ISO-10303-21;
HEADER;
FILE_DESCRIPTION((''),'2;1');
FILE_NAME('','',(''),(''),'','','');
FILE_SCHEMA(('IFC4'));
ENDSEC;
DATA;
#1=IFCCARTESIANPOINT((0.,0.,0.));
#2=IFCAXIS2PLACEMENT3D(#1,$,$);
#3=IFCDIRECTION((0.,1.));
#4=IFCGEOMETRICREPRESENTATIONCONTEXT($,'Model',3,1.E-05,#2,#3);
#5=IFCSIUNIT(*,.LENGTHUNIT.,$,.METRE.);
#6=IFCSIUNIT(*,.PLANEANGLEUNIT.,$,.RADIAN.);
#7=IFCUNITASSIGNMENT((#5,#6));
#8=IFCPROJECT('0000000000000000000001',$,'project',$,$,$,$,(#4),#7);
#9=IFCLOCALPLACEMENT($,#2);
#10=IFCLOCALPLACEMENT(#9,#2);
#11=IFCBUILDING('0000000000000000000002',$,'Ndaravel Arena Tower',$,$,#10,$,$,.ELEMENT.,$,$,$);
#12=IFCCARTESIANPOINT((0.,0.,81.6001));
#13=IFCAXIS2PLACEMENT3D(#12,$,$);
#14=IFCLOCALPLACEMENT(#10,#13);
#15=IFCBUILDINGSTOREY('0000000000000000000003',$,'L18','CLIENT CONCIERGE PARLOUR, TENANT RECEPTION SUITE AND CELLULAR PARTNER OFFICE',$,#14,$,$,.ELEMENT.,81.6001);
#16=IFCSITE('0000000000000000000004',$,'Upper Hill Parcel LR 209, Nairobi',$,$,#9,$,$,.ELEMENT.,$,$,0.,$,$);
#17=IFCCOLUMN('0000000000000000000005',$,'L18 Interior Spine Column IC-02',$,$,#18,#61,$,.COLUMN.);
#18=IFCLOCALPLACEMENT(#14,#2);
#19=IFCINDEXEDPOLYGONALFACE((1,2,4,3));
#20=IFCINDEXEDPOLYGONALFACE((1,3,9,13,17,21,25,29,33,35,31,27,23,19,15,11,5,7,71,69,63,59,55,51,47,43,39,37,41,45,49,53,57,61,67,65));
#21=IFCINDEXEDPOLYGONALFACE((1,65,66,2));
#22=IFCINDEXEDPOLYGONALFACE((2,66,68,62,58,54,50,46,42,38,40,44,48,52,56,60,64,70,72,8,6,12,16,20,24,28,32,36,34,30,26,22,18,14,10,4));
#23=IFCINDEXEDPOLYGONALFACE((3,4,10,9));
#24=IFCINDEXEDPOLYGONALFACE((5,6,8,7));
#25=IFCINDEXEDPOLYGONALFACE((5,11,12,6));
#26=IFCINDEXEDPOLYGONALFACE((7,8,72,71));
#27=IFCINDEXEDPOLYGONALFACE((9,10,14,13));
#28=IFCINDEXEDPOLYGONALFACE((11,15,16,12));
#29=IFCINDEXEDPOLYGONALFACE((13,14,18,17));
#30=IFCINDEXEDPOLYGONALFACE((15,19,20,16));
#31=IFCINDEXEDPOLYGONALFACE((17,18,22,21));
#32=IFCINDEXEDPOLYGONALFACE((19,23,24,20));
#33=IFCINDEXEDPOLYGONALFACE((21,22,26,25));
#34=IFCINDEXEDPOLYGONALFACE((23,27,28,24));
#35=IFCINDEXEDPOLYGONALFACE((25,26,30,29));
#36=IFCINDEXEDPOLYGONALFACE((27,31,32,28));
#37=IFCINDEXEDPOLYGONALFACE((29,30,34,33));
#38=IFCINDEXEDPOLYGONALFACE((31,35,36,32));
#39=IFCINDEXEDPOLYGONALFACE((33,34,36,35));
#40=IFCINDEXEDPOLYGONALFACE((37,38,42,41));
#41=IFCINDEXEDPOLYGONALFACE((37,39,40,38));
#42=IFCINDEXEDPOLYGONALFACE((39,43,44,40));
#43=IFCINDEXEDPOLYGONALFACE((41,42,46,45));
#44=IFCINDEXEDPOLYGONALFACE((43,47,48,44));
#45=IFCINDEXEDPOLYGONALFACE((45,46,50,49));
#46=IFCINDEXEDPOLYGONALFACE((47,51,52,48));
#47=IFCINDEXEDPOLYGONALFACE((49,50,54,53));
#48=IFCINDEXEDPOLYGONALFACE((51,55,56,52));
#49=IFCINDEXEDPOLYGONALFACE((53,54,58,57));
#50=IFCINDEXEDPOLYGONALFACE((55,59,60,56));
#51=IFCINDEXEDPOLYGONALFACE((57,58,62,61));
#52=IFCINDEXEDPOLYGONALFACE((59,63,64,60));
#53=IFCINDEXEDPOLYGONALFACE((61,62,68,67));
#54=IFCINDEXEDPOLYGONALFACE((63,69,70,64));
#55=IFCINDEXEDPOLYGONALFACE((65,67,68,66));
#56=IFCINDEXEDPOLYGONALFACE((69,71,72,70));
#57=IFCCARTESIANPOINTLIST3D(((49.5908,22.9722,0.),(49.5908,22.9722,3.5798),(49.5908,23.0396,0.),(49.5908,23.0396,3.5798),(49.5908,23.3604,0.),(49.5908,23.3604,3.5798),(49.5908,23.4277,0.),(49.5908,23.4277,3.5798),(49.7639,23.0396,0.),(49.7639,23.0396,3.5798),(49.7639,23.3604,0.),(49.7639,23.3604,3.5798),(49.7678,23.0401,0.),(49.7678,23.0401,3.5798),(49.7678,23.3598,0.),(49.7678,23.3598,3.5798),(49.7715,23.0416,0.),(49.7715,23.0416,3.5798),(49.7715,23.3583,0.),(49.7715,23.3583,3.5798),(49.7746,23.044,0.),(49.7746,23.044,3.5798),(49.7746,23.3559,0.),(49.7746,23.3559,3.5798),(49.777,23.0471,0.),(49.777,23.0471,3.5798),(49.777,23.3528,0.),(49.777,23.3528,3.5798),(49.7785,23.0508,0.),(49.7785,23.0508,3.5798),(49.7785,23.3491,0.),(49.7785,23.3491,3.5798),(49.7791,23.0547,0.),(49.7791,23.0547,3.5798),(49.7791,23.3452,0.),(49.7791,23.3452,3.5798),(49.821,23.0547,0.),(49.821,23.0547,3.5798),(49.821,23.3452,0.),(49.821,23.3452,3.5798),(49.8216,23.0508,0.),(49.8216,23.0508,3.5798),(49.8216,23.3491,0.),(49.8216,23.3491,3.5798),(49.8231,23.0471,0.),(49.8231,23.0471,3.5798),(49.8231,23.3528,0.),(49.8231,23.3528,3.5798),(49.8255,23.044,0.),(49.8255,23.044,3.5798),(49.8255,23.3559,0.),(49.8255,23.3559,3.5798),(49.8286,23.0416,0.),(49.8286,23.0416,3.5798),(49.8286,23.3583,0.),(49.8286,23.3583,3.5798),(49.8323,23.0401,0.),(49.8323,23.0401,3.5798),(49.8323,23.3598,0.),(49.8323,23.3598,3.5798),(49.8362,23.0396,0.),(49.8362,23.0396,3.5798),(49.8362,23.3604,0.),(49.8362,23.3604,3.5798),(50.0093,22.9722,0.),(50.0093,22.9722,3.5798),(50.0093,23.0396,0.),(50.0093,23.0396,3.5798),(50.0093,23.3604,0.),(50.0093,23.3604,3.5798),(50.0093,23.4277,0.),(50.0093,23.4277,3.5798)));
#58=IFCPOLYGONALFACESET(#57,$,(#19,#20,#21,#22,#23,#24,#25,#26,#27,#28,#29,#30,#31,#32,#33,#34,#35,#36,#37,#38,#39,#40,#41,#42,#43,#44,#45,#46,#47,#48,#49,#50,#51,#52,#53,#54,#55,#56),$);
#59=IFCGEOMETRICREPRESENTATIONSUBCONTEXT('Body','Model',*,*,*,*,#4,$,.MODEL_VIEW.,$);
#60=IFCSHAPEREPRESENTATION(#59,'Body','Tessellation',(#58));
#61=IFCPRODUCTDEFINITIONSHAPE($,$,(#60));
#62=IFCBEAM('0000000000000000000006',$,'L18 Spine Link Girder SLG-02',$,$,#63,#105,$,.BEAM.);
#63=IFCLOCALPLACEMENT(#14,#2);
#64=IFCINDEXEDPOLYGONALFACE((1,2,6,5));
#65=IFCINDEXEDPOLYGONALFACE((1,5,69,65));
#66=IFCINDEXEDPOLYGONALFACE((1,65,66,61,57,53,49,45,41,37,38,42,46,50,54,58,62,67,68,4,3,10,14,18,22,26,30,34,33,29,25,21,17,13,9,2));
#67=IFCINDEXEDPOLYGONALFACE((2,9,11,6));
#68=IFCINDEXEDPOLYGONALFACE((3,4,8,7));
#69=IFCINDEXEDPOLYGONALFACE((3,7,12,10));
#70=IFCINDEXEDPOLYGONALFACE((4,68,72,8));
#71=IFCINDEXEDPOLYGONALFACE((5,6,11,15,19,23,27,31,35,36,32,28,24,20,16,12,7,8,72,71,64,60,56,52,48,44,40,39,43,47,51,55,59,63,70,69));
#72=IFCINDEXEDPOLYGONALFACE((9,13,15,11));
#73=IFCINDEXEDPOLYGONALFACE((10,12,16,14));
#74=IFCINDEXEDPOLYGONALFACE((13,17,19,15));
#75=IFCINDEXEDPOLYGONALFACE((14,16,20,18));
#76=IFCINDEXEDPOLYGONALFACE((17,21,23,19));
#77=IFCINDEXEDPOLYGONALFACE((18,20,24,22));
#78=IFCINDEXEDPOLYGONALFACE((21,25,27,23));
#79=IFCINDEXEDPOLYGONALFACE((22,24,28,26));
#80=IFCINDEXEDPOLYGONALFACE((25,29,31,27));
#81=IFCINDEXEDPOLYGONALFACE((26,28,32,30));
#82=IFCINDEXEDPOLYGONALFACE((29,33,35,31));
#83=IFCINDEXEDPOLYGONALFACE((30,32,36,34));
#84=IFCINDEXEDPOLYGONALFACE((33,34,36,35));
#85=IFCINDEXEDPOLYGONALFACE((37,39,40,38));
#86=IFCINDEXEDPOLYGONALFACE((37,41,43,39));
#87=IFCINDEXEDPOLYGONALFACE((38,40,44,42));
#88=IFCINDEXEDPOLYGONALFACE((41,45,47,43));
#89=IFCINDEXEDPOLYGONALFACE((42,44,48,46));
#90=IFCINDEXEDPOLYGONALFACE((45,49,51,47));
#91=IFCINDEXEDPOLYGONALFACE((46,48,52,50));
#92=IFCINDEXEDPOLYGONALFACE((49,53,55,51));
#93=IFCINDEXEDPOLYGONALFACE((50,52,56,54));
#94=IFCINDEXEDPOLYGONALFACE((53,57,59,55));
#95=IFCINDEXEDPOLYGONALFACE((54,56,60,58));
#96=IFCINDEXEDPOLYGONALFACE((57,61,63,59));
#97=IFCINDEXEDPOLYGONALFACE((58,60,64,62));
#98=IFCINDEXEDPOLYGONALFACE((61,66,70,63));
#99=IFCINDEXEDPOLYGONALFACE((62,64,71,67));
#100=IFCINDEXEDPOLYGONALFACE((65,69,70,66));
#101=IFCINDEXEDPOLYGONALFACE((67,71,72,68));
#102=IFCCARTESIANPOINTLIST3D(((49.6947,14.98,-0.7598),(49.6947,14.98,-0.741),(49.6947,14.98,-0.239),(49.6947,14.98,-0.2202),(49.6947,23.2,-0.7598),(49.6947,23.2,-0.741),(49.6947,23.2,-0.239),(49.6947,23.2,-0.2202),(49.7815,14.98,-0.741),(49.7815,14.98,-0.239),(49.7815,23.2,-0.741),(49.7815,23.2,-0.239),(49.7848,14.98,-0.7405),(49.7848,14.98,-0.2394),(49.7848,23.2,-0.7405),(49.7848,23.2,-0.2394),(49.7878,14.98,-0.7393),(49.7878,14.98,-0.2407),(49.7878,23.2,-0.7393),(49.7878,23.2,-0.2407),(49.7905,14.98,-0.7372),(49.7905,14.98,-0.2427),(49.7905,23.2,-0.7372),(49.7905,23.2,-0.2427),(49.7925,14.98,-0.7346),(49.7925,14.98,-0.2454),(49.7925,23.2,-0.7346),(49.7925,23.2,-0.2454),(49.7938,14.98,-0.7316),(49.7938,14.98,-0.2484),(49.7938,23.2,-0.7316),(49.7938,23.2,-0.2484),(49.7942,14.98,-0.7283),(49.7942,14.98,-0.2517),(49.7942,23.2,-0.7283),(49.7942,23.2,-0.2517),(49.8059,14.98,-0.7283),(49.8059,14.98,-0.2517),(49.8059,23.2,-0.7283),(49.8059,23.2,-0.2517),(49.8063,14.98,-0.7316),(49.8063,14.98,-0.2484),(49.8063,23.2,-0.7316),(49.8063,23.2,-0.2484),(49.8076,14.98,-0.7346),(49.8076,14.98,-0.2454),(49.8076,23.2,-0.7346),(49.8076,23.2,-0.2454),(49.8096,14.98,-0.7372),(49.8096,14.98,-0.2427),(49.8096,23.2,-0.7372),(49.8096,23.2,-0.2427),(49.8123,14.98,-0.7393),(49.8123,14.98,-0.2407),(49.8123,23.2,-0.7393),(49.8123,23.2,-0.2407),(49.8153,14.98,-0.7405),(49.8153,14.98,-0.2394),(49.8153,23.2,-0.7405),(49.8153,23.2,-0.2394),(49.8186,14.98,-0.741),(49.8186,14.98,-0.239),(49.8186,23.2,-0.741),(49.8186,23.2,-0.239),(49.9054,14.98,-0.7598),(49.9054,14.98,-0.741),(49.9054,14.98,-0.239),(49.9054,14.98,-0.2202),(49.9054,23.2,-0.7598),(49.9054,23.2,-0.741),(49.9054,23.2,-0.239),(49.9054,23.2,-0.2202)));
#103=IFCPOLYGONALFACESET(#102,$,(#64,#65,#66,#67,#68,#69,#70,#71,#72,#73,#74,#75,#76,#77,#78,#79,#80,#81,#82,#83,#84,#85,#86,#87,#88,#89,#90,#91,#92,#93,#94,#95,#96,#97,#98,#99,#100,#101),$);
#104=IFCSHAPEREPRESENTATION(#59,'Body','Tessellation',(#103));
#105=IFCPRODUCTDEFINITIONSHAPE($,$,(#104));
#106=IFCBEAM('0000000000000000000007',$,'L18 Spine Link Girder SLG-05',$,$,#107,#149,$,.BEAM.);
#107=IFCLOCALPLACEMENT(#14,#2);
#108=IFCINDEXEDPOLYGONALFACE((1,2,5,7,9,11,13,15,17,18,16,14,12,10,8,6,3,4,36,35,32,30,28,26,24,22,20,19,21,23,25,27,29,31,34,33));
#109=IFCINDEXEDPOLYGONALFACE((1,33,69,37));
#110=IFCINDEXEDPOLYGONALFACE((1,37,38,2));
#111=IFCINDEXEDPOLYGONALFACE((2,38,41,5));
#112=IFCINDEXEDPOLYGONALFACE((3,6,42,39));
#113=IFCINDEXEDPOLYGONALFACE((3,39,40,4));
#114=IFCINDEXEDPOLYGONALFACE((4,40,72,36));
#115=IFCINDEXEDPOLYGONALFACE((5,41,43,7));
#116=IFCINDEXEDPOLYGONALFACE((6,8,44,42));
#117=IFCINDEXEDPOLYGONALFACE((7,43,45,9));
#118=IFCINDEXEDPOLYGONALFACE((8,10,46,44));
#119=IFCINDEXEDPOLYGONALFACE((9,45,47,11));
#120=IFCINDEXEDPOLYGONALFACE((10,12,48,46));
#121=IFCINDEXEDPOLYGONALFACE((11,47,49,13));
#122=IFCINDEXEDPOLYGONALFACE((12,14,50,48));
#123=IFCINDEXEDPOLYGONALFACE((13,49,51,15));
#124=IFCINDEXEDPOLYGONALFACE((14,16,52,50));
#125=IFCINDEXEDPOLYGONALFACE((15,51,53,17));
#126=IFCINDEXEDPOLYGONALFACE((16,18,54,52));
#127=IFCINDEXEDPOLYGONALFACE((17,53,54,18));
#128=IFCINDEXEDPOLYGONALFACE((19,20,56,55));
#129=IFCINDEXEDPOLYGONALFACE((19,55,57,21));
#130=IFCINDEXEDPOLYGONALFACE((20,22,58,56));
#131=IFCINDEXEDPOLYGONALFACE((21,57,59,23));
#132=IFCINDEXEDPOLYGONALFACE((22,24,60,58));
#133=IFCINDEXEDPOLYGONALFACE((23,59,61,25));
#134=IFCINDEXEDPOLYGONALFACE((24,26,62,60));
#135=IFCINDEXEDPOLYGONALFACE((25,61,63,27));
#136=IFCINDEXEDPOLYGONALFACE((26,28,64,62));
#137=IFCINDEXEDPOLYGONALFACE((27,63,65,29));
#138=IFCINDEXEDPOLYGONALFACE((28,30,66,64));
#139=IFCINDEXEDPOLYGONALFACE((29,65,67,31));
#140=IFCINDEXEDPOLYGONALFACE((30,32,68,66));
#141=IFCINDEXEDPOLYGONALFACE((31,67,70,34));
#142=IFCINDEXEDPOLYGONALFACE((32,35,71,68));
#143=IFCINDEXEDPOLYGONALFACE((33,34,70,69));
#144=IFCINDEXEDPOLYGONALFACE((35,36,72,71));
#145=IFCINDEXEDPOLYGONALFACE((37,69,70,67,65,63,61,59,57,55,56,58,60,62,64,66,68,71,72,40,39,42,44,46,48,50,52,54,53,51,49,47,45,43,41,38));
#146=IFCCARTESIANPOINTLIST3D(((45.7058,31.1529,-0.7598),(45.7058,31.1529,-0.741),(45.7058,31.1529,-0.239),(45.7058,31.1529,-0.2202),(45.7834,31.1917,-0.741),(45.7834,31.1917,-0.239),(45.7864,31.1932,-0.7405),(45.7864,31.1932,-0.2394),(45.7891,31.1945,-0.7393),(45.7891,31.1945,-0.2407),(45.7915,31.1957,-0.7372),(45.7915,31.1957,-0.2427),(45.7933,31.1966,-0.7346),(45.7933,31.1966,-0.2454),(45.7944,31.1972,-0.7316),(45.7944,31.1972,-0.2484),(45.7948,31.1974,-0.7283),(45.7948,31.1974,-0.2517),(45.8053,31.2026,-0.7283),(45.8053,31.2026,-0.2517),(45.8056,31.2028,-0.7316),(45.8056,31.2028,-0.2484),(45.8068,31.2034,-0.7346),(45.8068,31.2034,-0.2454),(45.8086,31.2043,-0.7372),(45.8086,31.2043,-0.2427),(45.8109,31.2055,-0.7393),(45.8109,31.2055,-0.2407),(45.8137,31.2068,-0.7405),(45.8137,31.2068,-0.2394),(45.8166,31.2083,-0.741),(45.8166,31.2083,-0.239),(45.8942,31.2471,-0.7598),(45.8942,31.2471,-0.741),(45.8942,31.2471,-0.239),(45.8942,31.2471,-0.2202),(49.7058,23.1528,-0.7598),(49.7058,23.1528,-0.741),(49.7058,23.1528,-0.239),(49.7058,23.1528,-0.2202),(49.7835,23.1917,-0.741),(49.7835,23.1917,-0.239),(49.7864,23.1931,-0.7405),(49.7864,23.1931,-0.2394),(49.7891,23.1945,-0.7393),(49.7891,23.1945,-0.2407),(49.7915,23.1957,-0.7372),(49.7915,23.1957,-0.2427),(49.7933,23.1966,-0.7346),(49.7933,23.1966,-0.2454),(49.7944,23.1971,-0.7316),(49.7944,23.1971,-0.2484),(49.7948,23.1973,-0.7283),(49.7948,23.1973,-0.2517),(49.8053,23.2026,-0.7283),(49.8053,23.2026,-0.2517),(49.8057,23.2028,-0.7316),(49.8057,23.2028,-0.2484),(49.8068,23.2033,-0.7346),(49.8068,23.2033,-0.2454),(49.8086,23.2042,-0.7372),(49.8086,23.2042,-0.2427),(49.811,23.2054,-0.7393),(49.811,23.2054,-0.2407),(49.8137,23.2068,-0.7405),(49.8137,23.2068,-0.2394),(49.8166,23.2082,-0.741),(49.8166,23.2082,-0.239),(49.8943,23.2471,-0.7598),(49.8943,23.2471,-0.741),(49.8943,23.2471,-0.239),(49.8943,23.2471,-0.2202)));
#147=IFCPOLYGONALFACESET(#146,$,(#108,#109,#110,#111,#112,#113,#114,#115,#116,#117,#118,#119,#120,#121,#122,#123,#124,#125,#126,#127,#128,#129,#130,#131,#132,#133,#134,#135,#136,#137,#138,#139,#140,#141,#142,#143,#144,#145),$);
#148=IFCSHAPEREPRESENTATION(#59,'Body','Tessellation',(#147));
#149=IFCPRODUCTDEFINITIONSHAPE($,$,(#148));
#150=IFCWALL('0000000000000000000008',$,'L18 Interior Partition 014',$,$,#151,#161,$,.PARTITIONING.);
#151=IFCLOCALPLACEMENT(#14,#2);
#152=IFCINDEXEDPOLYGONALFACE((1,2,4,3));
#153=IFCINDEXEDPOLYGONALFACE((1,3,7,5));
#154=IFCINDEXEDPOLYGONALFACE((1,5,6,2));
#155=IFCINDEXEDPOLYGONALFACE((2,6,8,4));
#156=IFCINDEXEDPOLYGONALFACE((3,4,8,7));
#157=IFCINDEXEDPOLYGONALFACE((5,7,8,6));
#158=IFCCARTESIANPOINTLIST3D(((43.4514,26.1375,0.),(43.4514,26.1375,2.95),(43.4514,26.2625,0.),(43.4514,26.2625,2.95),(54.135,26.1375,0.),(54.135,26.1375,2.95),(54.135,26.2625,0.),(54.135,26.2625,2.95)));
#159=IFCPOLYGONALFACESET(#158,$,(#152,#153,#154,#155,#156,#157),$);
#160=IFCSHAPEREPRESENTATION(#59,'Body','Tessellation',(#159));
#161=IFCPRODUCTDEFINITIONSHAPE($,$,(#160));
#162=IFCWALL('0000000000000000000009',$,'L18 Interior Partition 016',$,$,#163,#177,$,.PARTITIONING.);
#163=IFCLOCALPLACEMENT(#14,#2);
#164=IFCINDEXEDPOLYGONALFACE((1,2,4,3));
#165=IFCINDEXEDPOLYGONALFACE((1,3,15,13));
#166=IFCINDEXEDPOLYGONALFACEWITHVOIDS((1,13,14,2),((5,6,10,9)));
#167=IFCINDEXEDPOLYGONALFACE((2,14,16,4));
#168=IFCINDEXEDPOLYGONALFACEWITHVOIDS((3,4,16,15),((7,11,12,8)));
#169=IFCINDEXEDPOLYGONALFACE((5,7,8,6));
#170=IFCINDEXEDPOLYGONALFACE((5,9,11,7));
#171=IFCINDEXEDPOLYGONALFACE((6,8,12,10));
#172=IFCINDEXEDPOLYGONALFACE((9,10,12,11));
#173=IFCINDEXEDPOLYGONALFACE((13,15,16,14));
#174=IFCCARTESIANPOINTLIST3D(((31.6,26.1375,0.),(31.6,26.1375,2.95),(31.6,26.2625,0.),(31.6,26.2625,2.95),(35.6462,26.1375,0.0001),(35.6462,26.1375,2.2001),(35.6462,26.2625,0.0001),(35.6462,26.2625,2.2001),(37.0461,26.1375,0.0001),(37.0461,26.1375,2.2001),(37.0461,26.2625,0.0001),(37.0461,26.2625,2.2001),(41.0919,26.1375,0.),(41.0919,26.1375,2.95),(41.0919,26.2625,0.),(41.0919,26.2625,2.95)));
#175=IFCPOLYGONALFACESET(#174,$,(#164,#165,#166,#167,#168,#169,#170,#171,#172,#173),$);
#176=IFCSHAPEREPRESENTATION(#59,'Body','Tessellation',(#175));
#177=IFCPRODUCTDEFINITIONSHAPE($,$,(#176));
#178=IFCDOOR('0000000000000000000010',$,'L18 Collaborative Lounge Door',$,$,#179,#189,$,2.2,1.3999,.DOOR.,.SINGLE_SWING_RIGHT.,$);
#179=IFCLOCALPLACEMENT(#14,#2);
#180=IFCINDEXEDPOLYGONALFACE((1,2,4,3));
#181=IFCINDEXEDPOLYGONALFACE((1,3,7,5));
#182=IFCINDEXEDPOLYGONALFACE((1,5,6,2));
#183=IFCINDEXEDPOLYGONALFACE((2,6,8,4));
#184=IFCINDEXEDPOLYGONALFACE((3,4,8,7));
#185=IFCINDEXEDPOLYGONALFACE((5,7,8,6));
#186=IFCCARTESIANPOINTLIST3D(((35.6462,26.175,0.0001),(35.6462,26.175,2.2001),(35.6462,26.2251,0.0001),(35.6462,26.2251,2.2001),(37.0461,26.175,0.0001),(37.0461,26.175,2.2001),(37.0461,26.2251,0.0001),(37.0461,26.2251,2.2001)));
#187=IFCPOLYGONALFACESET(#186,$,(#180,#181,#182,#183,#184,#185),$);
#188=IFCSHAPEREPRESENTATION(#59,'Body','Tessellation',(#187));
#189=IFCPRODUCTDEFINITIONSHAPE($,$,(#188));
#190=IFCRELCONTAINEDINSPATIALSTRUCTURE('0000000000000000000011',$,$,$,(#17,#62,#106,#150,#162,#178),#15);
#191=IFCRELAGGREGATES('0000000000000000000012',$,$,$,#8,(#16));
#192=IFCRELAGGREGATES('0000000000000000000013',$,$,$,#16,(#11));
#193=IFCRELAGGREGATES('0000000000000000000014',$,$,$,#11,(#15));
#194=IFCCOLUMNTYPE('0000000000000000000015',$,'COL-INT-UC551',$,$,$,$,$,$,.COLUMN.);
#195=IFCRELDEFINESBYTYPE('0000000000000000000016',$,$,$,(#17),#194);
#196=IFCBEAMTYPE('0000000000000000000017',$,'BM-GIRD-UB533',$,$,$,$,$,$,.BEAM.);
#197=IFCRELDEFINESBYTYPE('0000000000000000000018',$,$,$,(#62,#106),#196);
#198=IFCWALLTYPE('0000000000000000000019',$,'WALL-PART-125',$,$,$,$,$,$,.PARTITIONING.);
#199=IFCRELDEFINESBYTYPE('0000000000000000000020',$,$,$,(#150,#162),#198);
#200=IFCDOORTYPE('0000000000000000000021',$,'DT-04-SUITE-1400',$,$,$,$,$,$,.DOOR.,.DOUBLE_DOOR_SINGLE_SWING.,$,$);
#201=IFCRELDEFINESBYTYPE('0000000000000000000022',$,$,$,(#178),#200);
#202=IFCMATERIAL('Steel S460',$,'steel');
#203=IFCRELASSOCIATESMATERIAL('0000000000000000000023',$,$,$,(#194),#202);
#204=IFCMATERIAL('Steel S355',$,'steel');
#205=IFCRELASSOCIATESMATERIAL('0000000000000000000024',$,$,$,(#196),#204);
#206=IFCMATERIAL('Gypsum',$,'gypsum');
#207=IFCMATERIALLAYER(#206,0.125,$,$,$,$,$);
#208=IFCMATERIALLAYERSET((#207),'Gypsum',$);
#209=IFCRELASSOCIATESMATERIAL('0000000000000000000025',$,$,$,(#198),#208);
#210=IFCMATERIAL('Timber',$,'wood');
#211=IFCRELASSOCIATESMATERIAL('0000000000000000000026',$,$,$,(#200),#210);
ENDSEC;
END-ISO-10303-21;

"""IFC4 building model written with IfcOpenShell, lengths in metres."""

from ifc_helpers import new_model, si_unit, direction, frame, frame_2d, origin, origin_2d, place, context, subcontext, project, spatial, rectangle, i_section, extrude, material, layer, layer_set, material_profile, profile_set, type_object, element, fill, save


model = new_model("IFC4")

# Units and contexts
model_context = context("Model", 3, precision=1e-05, world=origin(), true_north=direction((0.0, 1.0)))
body_context = subcontext(model_context, "Body", "Model", "MODEL_VIEW")
ifc_project = project(units=[si_unit("LENGTHUNIT", "METRE"), si_unit("PLANEANGLEUNIT", "RADIAN")], contexts=[model_context])

# Site, building, storey
site_placement = place(None, origin())
site = spatial("IfcSite", under=ifc_project, at=site_placement, Name="Upper Hill Parcel LR 209, Nairobi", CompositionType="ELEMENT", RefElevation=0.0)
building_placement = place(site_placement, origin())
building = spatial("IfcBuilding", under=site, at=building_placement, Name="Ndaravel Arena Tower", CompositionType="ELEMENT")
storey_placement = place(building_placement, frame((0.0, 0.0, 81.6001)))
storey = spatial("IfcBuildingStorey", under=building, at=storey_placement, Name="L18", Description="CLIENT CONCIERGE PARLOUR, TENANT RECEPTION SUITE AND CELLULAR PARTNER OFFICE", CompositionType="ELEMENT", Elevation=81.6001)

# Column
ifc_material_1 = material(Name="Steel S460", Category="steel")
ifc_material_profile_1 = material_profile(ifc_material_1, i_section(OverallWidth=0.4185, OverallDepth=0.4556, WebThickness=0.042, FlangeThickness=0.0674, FilletRadius=0.0151, at=origin_2d()), Name="UC 356x406x551")
ifc_profile_set_1 = profile_set([ifc_material_profile_1], Name="Steel S460")
column_type = type_object("IfcColumnType", Name="COL-INT-UC551", PredefinedType="COLUMN", material=ifc_profile_set_1)
column_placement = place(storey_placement, frame((49.8, 23.2, 0.0), z_axis=(0.0, 0.0, 1.0), x_axis=(1.0, 0.0, 0.0)))
element("IfcColumn", 1, at=column_placement, inside=storey, type_object=column_type, Name="L18 Interior Spine Column IC-02", PredefinedType="COLUMN", context=body_context, shape_type="SweptSolid", body=[
    extrude(i_section(OverallWidth=0.4185, OverallDepth=0.4556, WebThickness=0.042, FlangeThickness=0.0674, FilletRadius=0.0151, at=origin_2d()), origin(), (0.0, 0.0, 1.0), 3.5798),
])

# Beams
ifc_material_2 = material(Name="Steel S355", Category="steel")
ifc_material_profile_2 = material_profile(ifc_material_2, i_section(OverallWidth=0.2107, OverallDepth=0.5396, WebThickness=0.0117, FlangeThickness=0.0188, FilletRadius=0.0127, at=origin_2d()), Name="UB 533x210x109")
ifc_profile_set_2 = profile_set([ifc_material_profile_2], Name="Steel S355")
beam_type = type_object("IfcBeamType", Name="BM-GIRD-UB533", PredefinedType="BEAM", material=ifc_profile_set_2)
beam_1_placement = place(storey_placement, frame((49.8, 14.98, -0.49), z_axis=(0.0, 1.0, 0.0), x_axis=(-1.0, 0.0, 0.0)))
element("IfcBeam", 2, at=beam_1_placement, inside=storey, type_object=beam_type, Name="L18 Spine Link Girder SLG-02", PredefinedType="BEAM", context=body_context, shape_type="SweptSolid", body=[
    extrude(i_section(OverallWidth=0.2107, OverallDepth=0.5396, WebThickness=0.0117, FlangeThickness=0.0188, FilletRadius=0.0127, at=origin_2d()), origin(), (0.0, 0.0, 1.0), 8.22),
])
beam_2_placement = place(storey_placement, frame((49.8, 23.2, -0.49), z_axis=(-0.447214, 0.894427, 0.0), x_axis=(-0.894427, -0.447214, 0.0)))
element("IfcBeam", 3, at=beam_2_placement, inside=storey, type_object=beam_type, Name="L18 Spine Link Girder SLG-05", PredefinedType="BEAM", context=body_context, shape_type="SweptSolid", body=[
    extrude(i_section(OverallWidth=0.2107, OverallDepth=0.5396, WebThickness=0.0117, FlangeThickness=0.0188, FilletRadius=0.0127, at=origin_2d()), origin(), (0.0, 0.0, 1.0), 8.9443),
])

# Wall
ifc_material_3 = material(Name="Gypsum", Category="gypsum")
ifc_layer_1 = layer(ifc_material_3, 0.125)
ifc_layer_set_1 = layer_set([ifc_layer_1], Name="Gypsum")
wall_type_1 = type_object("IfcWallType", Name="WALL-PART-125", PredefinedType="PARTITIONING", material=ifc_layer_set_1)
wall_1_placement = place(storey_placement, frame((54.135, 26.2, 0.0), z_axis=(0.0, 0.0, 1.0), x_axis=(-1.0, 0.0, 0.0)))
element("IfcWall", 4, at=wall_1_placement, inside=storey, type_object=wall_type_1, Name="L18 Interior Partition 014", PredefinedType="PARTITIONING", context=body_context, shape_type="SweptSolid", body=[
    extrude(rectangle(XDim=10.6836, YDim=0.125, at=frame_2d((5.3418, 0.0))), origin(), (0.0, 0.0, 1.0), 2.95),
])

# Wall, opening, door
wall_2_placement = place(storey_placement, frame((41.092, 26.2, 0.0), z_axis=(0.0, 0.0, 1.0), x_axis=(-1.0, 0.0, 0.0)))
wall_2 = element("IfcWall", 5, at=wall_2_placement, inside=storey, type_object=wall_type_1, Name="L18 Interior Partition 016", PredefinedType="PARTITIONING", context=body_context, shape_type="SweptSolid", body=[
    extrude(rectangle(XDim=9.4919, YDim=0.125, at=frame_2d((4.7461, 0.0))), origin(), (0.0, 0.0, 1.0), 2.95),
])
opening_1_placement = place(wall_2_placement, frame((4.0459, 0.0, 0.0)))
opening_1 = element("IfcOpeningElement", 6, at=opening_1_placement, cuts=wall_2, PredefinedType="OPENING", context=body_context, shape_type="SweptSolid", body=[
    extrude(rectangle(XDim=1.3999, YDim=2.2, at=frame_2d((0.7, 1.1001))), frame((0.0, 0.0625, 0.0), z_axis=(0.0, -1.0, 0.0), x_axis=(1.0, 0.0, 0.0)), (0.0, 0.0, 1.0), 0.125),
])
ifc_material_4 = material(Name="Timber", Category="wood")
door_type_1 = type_object("IfcDoorType", Name="DT-04-SUITE-1400", OperationType="DOUBLE_DOOR_SINGLE_SWING", PredefinedType="DOOR", material=ifc_material_4)
door_1_placement = place(opening_1_placement, origin())
door_1 = element("IfcDoor", 7, at=door_1_placement, inside=storey, type_object=door_type_1, Name="L18 Collaborative Lounge Door", OperationType="SINGLE_SWING_RIGHT", OverallHeight=2.2, OverallWidth=1.3999, PredefinedType="DOOR", context=body_context, shape_type="SweptSolid", body=[
    extrude(rectangle(XDim=1.3999, YDim=2.2, at=frame_2d((0.7, 1.1001))), frame((0.0, 0.0249, 0.0), z_axis=(0.0, -1.0, 0.0), x_axis=(1.0, 0.0, 0.0)), (0.0, 0.0, 1.0), 0.05),
])
fill(opening_1, door_1)

save(model, "model.ifc")
